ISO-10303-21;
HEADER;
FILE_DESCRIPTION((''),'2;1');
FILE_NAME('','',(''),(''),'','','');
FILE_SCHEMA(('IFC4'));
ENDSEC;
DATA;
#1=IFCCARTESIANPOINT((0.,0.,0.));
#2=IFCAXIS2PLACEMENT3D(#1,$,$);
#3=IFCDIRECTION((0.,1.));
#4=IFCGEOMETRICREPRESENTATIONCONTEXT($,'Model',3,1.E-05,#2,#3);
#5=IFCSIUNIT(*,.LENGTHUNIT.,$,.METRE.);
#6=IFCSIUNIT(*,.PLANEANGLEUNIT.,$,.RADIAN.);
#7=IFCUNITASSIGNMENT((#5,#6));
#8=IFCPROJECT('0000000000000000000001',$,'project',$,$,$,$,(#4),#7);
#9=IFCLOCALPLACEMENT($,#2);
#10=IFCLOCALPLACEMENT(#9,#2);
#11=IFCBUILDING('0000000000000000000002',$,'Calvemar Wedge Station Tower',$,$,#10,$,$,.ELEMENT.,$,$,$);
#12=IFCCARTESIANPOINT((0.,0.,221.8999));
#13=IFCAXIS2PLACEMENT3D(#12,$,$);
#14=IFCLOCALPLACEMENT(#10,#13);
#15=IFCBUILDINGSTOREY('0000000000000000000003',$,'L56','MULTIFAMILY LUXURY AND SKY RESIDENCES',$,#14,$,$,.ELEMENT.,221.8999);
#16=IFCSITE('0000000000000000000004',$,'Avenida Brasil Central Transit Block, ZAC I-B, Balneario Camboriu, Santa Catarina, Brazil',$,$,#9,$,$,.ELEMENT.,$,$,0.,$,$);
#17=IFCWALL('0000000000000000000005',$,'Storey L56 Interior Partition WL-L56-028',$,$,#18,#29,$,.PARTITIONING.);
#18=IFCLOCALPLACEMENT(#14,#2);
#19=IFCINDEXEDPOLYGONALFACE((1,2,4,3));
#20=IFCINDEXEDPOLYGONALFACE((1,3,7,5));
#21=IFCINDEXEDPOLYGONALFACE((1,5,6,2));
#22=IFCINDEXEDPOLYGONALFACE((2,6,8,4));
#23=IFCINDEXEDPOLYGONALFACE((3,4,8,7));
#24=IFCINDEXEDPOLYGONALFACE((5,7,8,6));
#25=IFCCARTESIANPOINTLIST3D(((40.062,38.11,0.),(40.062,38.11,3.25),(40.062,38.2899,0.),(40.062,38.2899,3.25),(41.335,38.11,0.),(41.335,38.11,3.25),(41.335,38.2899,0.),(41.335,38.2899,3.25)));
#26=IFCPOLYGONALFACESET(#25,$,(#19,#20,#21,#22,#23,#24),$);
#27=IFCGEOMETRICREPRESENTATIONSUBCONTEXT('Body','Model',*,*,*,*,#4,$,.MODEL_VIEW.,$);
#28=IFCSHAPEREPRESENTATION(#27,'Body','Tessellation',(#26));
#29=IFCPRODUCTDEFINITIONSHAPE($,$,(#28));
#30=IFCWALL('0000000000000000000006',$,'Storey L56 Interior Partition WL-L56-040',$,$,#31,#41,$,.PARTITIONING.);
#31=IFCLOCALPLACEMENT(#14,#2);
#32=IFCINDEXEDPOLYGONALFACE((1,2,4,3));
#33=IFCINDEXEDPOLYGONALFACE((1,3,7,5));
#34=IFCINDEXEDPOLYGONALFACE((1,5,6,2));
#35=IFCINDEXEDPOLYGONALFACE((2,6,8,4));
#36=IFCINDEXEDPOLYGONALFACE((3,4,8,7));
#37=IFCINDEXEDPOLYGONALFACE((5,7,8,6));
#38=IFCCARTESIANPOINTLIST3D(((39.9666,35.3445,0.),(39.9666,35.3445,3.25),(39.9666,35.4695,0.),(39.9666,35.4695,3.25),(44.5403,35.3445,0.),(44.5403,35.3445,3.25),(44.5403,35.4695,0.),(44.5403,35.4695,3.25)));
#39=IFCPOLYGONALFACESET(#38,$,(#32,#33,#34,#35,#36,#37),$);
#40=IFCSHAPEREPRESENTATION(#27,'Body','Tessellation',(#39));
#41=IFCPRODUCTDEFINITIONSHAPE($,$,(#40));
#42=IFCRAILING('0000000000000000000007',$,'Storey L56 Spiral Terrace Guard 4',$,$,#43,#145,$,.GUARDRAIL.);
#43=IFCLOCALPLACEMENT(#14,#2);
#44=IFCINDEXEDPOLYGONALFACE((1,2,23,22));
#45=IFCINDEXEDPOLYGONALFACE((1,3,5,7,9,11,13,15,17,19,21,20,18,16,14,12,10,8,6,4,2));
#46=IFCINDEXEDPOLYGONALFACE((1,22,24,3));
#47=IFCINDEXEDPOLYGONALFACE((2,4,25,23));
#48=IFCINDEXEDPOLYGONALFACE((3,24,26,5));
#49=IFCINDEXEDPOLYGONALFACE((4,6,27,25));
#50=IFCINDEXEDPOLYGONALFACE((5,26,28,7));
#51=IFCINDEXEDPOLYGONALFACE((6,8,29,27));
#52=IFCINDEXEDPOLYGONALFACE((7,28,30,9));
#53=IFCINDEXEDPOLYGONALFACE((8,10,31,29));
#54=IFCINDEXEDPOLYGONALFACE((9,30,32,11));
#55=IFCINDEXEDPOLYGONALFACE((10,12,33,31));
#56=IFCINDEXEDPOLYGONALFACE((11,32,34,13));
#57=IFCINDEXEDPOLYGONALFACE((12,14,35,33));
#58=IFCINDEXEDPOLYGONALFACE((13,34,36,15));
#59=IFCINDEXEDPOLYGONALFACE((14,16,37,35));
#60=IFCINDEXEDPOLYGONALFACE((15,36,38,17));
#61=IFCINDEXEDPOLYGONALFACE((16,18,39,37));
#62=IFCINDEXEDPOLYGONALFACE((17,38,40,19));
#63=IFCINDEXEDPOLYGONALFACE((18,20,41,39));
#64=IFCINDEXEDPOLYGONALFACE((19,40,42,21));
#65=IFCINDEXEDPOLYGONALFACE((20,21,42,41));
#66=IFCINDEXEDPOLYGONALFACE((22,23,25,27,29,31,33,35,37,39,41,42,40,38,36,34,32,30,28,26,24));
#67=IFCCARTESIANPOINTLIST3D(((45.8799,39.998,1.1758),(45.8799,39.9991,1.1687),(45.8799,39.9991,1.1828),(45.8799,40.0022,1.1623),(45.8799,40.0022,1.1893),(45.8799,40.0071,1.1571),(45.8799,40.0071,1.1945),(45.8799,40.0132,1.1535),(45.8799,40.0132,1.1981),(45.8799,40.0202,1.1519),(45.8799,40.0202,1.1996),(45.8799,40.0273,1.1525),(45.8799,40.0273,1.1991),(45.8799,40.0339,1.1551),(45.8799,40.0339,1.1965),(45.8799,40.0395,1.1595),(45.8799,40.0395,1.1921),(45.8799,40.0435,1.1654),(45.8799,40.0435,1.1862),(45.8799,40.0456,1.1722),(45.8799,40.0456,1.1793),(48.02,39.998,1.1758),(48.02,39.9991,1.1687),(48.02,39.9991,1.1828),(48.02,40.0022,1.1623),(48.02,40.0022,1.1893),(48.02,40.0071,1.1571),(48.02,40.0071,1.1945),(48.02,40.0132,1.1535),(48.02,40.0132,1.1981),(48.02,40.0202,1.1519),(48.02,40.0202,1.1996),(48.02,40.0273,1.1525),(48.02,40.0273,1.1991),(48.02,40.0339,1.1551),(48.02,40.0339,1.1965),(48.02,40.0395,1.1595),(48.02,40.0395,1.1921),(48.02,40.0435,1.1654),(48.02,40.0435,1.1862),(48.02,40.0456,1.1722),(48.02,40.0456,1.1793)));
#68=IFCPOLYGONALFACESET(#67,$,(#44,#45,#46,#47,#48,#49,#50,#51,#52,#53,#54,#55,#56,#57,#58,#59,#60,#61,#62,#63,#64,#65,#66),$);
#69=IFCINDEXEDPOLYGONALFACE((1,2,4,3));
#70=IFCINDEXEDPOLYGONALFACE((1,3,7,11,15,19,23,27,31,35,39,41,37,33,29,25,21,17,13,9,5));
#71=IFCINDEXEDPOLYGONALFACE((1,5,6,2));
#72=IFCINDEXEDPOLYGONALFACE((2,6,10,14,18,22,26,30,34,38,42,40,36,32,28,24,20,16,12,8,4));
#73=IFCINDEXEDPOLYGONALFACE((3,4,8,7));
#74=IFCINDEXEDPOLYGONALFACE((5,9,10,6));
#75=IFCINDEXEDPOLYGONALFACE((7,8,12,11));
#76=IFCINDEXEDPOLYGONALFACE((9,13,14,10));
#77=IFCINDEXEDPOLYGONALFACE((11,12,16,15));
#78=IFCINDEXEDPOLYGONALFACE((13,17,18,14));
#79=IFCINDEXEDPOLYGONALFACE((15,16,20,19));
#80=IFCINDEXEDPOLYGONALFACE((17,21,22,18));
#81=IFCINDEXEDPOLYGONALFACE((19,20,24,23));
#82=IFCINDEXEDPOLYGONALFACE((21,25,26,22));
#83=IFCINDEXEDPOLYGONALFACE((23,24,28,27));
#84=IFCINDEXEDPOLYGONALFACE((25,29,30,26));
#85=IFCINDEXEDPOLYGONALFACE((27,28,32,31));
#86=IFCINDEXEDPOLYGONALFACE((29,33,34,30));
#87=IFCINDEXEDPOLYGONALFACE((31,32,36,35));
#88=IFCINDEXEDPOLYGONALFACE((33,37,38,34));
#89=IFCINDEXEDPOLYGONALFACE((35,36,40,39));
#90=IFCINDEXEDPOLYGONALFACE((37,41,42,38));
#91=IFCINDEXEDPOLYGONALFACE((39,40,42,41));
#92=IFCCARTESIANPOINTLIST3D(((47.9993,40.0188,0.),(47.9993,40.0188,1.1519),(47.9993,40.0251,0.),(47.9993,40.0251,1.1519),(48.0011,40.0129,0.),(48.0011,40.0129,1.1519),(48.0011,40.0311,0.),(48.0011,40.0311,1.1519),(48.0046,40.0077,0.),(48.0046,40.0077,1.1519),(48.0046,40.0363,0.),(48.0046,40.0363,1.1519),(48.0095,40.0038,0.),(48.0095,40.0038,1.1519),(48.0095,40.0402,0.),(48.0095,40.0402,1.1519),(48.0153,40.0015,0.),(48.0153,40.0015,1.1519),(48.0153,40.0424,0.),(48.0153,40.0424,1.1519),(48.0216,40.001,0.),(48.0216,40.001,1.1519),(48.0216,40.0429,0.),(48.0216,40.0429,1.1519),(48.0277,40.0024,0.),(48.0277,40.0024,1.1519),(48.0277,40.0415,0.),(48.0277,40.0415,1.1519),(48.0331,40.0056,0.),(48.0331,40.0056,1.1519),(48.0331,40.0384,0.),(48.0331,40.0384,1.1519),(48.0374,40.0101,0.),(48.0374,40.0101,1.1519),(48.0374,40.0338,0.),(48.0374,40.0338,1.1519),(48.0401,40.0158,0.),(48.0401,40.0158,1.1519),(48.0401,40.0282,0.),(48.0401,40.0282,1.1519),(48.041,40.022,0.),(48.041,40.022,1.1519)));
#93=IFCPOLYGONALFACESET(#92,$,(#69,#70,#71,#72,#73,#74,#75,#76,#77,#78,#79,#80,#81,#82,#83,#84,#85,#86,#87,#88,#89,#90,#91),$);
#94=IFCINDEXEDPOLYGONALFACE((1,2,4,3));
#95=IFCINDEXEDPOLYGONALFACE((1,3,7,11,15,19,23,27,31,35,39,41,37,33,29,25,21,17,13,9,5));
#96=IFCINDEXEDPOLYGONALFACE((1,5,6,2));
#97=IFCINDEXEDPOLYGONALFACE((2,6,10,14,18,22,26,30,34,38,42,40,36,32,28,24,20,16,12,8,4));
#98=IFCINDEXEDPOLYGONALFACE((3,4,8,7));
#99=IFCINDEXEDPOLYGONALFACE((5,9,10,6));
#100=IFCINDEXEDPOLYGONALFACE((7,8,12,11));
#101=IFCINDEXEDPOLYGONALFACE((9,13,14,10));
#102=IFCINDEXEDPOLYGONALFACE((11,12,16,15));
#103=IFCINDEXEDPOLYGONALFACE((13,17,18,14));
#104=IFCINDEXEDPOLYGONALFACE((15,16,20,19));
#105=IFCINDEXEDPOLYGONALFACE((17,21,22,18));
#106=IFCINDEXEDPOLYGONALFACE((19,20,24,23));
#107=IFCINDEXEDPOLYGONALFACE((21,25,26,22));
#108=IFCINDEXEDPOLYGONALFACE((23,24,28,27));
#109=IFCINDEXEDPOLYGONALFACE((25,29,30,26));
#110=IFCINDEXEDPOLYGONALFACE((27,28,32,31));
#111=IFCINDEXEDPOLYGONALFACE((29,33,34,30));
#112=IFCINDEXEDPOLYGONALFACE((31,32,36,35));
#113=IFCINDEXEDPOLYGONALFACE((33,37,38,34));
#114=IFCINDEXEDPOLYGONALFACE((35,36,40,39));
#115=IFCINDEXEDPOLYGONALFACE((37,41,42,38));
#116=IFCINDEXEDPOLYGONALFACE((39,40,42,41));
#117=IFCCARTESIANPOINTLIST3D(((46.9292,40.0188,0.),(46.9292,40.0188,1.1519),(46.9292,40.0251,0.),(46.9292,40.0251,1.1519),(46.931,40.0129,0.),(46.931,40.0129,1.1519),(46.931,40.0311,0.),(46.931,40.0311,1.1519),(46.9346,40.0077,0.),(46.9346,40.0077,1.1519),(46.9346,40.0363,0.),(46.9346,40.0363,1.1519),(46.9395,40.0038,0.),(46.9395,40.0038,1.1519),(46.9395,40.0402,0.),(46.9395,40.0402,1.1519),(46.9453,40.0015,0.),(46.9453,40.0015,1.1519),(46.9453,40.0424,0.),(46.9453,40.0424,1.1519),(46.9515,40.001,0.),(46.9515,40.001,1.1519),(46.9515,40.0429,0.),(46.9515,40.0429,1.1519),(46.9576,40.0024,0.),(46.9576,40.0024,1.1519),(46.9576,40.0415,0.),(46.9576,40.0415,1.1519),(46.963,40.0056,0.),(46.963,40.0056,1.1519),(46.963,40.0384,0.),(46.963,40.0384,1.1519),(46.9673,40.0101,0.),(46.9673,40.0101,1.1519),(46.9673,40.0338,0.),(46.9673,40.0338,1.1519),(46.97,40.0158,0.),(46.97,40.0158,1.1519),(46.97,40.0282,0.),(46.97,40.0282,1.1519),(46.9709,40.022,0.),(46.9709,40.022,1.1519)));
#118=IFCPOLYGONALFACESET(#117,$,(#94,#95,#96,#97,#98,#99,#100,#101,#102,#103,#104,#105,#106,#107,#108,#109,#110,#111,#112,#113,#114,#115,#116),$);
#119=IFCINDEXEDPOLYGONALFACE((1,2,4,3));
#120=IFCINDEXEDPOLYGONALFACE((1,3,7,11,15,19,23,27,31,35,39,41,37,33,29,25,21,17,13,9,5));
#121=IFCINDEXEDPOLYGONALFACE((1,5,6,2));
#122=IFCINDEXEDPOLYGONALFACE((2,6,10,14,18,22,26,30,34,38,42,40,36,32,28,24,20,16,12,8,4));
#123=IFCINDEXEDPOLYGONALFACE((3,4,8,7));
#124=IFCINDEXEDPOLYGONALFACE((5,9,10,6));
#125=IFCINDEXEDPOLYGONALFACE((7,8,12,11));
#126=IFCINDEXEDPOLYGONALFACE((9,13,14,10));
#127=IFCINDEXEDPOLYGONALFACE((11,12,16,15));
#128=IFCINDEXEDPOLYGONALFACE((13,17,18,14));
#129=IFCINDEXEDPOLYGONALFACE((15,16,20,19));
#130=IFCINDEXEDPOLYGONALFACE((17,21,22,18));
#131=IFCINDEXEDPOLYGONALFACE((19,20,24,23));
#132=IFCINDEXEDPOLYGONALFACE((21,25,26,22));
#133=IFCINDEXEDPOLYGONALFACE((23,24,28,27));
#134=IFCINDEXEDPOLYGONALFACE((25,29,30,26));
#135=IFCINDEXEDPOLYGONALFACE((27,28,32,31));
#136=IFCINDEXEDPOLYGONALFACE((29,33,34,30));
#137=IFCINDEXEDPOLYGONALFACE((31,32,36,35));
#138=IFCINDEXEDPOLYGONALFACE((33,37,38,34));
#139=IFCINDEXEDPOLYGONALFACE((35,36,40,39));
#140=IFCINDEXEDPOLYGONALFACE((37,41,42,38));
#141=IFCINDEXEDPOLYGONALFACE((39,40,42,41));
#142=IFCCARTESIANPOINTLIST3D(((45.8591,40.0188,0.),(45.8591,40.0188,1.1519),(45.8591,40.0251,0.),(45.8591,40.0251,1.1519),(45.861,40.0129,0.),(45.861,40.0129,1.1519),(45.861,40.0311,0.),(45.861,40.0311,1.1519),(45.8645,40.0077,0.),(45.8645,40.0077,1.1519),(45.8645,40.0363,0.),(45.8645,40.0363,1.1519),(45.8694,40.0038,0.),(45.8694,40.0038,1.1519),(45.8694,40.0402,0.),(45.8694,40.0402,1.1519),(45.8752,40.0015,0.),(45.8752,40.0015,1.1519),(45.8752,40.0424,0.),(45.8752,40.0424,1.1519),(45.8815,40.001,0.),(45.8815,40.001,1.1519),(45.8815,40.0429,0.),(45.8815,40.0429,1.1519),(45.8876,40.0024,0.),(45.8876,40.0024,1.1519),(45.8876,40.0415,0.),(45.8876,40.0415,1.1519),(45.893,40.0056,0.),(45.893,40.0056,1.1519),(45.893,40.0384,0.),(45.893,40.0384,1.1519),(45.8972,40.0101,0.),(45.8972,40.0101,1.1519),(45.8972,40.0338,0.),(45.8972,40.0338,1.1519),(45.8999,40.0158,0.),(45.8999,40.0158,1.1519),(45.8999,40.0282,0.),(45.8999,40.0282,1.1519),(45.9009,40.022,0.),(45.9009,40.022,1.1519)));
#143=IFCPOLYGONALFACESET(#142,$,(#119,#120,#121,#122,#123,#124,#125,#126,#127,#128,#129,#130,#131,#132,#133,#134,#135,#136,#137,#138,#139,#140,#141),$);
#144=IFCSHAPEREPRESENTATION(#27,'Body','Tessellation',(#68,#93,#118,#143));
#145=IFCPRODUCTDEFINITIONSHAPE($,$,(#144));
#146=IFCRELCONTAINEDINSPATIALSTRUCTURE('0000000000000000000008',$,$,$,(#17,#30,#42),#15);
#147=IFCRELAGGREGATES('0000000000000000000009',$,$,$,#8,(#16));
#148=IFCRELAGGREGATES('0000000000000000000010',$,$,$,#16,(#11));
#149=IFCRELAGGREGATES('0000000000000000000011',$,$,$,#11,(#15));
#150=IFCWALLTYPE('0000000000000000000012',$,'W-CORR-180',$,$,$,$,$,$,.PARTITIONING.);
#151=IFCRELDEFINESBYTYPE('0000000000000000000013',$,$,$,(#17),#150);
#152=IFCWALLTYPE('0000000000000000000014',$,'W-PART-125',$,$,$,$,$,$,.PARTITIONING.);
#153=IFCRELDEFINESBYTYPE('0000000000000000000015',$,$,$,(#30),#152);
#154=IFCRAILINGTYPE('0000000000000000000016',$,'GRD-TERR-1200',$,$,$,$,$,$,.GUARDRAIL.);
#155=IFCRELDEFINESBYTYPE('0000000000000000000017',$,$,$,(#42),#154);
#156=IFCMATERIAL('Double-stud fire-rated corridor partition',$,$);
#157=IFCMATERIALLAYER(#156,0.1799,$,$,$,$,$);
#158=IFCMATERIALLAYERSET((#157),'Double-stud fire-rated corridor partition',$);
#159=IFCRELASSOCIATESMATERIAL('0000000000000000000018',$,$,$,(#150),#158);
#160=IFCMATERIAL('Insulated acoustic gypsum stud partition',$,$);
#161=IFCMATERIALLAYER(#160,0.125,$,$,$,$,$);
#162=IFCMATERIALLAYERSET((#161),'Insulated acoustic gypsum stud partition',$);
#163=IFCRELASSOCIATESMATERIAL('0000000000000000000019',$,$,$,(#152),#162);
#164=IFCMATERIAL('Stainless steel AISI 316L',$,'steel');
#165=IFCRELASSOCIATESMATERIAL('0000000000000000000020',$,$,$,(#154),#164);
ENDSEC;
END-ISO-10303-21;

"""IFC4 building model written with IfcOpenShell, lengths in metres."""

from ifc_helpers import new_model, si_unit, direction, frame, frame_2d, origin, origin_2d, place, context, subcontext, project, spatial, rectangle, circle, extrude, material, layer, layer_set, type_object, element, save


model = new_model("IFC4")

# Units and contexts
model_context = context("Model", 3, precision=1e-05, world=origin(), true_north=direction((0.0, 1.0)))
body_context = subcontext(model_context, "Body", "Model", "MODEL_VIEW")
ifc_project = project(units=[si_unit("LENGTHUNIT", "METRE"), si_unit("PLANEANGLEUNIT", "RADIAN")], contexts=[model_context])

# Site, building, storey
site_placement = place(None, origin())
site = spatial("IfcSite", under=ifc_project, at=site_placement, Name="Avenida Brasil Central Transit Block, ZAC I-B, Balneario Camboriu, Santa Catarina, Brazil", CompositionType="ELEMENT", RefElevation=0.0)
building_placement = place(site_placement, origin())
building = spatial("IfcBuilding", under=site, at=building_placement, Name="Calvemar Wedge Station Tower", CompositionType="ELEMENT")
storey_placement = place(building_placement, frame((0.0, 0.0, 221.8999)))
storey = spatial("IfcBuildingStorey", under=building, at=storey_placement, Name="L56", Description="MULTIFAMILY LUXURY AND SKY RESIDENCES", CompositionType="ELEMENT", Elevation=221.8999)

# Shared definitions
ifc_material_1 = material(Name="Double-stud fire-rated corridor partition")
ifc_layer_1 = layer(ifc_material_1, 0.1799)
ifc_layer_set_1 = layer_set([ifc_layer_1], Name="Double-stud fire-rated corridor partition")
wall_type_1 = type_object("IfcWallType", Name="W-CORR-180", PredefinedType="PARTITIONING", material=ifc_layer_set_1)

# Wall
wall_1_placement = place(storey_placement, frame((41.335, 38.2, 0.0), z_axis=(0.0, 0.0, 1.0), x_axis=(-1.0, 0.0, 0.0)))
element("IfcWall", 1, at=wall_1_placement, inside=storey, type_object=wall_type_1, Name="Storey L56 Interior Partition WL-L56-028", PredefinedType="PARTITIONING", context=body_context, shape_type="SweptSolid", body=[
    extrude(rectangle(XDim=1.2729, YDim=0.1799, at=frame_2d((0.6365, 0.0))), origin(), (0.0, 0.0, 1.0), 3.25),
])

# Shared definitions
ifc_material_2 = material(Name="Insulated acoustic gypsum stud partition")
ifc_layer_2 = layer(ifc_material_2, 0.125)
ifc_layer_set_2 = layer_set([ifc_layer_2], Name="Insulated acoustic gypsum stud partition")
wall_type_2 = type_object("IfcWallType", Name="W-PART-125", PredefinedType="PARTITIONING", material=ifc_layer_set_2)

# Wall
wall_2_placement = place(storey_placement, frame((44.5403, 35.407, 0.0), z_axis=(0.0, 0.0, 1.0), x_axis=(-1.0, 0.0, 0.0)))
element("IfcWall", 2, at=wall_2_placement, inside=storey, type_object=wall_type_2, Name="Storey L56 Interior Partition WL-L56-040", PredefinedType="PARTITIONING", context=body_context, shape_type="SweptSolid", body=[
    extrude(rectangle(XDim=4.5737, YDim=0.125, at=frame_2d((2.2869, 0.0))), origin(), (0.0, 0.0, 1.0), 3.25),
])

# Railing
ifc_material_3 = material(Name="Stainless steel AISI 316L", Category="steel")
railing_type = type_object("IfcRailingType", Name="GRD-TERR-1200", PredefinedType="GUARDRAIL", material=ifc_material_3)
railing_placement = place(storey_placement, frame((48.02, 40.022, 0.0)))
element("IfcRailing", 3, at=railing_placement, inside=storey, type_object=railing_type, Name="Storey L56 Spiral Terrace Guard 4", PredefinedType="GUARDRAIL", context=body_context, shape_type="SweptSolid", body=[
    extrude(circle(Radius=0.0239, at=origin_2d()), frame((0.0, 0.0, 1.1758), z_axis=(-1.0, 0.0, 0.0), x_axis=(0.0, -1.0, 0.0)), (0.0, 0.0, 1.0), 2.1401),
    extrude(circle(Radius=0.021, at=origin_2d()), origin(), (0.0, 0.0, 1.0), 1.1519),
    extrude(circle(Radius=0.021, at=origin_2d()), frame((-1.0701, 0.0, 0.0)), (0.0, 0.0, 1.0), 1.1519),
    extrude(circle(Radius=0.021, at=origin_2d()), frame((-2.1401, 0.0, 0.0)), (0.0, 0.0, 1.0), 1.1519),
])

save(model, "model.ifc")
